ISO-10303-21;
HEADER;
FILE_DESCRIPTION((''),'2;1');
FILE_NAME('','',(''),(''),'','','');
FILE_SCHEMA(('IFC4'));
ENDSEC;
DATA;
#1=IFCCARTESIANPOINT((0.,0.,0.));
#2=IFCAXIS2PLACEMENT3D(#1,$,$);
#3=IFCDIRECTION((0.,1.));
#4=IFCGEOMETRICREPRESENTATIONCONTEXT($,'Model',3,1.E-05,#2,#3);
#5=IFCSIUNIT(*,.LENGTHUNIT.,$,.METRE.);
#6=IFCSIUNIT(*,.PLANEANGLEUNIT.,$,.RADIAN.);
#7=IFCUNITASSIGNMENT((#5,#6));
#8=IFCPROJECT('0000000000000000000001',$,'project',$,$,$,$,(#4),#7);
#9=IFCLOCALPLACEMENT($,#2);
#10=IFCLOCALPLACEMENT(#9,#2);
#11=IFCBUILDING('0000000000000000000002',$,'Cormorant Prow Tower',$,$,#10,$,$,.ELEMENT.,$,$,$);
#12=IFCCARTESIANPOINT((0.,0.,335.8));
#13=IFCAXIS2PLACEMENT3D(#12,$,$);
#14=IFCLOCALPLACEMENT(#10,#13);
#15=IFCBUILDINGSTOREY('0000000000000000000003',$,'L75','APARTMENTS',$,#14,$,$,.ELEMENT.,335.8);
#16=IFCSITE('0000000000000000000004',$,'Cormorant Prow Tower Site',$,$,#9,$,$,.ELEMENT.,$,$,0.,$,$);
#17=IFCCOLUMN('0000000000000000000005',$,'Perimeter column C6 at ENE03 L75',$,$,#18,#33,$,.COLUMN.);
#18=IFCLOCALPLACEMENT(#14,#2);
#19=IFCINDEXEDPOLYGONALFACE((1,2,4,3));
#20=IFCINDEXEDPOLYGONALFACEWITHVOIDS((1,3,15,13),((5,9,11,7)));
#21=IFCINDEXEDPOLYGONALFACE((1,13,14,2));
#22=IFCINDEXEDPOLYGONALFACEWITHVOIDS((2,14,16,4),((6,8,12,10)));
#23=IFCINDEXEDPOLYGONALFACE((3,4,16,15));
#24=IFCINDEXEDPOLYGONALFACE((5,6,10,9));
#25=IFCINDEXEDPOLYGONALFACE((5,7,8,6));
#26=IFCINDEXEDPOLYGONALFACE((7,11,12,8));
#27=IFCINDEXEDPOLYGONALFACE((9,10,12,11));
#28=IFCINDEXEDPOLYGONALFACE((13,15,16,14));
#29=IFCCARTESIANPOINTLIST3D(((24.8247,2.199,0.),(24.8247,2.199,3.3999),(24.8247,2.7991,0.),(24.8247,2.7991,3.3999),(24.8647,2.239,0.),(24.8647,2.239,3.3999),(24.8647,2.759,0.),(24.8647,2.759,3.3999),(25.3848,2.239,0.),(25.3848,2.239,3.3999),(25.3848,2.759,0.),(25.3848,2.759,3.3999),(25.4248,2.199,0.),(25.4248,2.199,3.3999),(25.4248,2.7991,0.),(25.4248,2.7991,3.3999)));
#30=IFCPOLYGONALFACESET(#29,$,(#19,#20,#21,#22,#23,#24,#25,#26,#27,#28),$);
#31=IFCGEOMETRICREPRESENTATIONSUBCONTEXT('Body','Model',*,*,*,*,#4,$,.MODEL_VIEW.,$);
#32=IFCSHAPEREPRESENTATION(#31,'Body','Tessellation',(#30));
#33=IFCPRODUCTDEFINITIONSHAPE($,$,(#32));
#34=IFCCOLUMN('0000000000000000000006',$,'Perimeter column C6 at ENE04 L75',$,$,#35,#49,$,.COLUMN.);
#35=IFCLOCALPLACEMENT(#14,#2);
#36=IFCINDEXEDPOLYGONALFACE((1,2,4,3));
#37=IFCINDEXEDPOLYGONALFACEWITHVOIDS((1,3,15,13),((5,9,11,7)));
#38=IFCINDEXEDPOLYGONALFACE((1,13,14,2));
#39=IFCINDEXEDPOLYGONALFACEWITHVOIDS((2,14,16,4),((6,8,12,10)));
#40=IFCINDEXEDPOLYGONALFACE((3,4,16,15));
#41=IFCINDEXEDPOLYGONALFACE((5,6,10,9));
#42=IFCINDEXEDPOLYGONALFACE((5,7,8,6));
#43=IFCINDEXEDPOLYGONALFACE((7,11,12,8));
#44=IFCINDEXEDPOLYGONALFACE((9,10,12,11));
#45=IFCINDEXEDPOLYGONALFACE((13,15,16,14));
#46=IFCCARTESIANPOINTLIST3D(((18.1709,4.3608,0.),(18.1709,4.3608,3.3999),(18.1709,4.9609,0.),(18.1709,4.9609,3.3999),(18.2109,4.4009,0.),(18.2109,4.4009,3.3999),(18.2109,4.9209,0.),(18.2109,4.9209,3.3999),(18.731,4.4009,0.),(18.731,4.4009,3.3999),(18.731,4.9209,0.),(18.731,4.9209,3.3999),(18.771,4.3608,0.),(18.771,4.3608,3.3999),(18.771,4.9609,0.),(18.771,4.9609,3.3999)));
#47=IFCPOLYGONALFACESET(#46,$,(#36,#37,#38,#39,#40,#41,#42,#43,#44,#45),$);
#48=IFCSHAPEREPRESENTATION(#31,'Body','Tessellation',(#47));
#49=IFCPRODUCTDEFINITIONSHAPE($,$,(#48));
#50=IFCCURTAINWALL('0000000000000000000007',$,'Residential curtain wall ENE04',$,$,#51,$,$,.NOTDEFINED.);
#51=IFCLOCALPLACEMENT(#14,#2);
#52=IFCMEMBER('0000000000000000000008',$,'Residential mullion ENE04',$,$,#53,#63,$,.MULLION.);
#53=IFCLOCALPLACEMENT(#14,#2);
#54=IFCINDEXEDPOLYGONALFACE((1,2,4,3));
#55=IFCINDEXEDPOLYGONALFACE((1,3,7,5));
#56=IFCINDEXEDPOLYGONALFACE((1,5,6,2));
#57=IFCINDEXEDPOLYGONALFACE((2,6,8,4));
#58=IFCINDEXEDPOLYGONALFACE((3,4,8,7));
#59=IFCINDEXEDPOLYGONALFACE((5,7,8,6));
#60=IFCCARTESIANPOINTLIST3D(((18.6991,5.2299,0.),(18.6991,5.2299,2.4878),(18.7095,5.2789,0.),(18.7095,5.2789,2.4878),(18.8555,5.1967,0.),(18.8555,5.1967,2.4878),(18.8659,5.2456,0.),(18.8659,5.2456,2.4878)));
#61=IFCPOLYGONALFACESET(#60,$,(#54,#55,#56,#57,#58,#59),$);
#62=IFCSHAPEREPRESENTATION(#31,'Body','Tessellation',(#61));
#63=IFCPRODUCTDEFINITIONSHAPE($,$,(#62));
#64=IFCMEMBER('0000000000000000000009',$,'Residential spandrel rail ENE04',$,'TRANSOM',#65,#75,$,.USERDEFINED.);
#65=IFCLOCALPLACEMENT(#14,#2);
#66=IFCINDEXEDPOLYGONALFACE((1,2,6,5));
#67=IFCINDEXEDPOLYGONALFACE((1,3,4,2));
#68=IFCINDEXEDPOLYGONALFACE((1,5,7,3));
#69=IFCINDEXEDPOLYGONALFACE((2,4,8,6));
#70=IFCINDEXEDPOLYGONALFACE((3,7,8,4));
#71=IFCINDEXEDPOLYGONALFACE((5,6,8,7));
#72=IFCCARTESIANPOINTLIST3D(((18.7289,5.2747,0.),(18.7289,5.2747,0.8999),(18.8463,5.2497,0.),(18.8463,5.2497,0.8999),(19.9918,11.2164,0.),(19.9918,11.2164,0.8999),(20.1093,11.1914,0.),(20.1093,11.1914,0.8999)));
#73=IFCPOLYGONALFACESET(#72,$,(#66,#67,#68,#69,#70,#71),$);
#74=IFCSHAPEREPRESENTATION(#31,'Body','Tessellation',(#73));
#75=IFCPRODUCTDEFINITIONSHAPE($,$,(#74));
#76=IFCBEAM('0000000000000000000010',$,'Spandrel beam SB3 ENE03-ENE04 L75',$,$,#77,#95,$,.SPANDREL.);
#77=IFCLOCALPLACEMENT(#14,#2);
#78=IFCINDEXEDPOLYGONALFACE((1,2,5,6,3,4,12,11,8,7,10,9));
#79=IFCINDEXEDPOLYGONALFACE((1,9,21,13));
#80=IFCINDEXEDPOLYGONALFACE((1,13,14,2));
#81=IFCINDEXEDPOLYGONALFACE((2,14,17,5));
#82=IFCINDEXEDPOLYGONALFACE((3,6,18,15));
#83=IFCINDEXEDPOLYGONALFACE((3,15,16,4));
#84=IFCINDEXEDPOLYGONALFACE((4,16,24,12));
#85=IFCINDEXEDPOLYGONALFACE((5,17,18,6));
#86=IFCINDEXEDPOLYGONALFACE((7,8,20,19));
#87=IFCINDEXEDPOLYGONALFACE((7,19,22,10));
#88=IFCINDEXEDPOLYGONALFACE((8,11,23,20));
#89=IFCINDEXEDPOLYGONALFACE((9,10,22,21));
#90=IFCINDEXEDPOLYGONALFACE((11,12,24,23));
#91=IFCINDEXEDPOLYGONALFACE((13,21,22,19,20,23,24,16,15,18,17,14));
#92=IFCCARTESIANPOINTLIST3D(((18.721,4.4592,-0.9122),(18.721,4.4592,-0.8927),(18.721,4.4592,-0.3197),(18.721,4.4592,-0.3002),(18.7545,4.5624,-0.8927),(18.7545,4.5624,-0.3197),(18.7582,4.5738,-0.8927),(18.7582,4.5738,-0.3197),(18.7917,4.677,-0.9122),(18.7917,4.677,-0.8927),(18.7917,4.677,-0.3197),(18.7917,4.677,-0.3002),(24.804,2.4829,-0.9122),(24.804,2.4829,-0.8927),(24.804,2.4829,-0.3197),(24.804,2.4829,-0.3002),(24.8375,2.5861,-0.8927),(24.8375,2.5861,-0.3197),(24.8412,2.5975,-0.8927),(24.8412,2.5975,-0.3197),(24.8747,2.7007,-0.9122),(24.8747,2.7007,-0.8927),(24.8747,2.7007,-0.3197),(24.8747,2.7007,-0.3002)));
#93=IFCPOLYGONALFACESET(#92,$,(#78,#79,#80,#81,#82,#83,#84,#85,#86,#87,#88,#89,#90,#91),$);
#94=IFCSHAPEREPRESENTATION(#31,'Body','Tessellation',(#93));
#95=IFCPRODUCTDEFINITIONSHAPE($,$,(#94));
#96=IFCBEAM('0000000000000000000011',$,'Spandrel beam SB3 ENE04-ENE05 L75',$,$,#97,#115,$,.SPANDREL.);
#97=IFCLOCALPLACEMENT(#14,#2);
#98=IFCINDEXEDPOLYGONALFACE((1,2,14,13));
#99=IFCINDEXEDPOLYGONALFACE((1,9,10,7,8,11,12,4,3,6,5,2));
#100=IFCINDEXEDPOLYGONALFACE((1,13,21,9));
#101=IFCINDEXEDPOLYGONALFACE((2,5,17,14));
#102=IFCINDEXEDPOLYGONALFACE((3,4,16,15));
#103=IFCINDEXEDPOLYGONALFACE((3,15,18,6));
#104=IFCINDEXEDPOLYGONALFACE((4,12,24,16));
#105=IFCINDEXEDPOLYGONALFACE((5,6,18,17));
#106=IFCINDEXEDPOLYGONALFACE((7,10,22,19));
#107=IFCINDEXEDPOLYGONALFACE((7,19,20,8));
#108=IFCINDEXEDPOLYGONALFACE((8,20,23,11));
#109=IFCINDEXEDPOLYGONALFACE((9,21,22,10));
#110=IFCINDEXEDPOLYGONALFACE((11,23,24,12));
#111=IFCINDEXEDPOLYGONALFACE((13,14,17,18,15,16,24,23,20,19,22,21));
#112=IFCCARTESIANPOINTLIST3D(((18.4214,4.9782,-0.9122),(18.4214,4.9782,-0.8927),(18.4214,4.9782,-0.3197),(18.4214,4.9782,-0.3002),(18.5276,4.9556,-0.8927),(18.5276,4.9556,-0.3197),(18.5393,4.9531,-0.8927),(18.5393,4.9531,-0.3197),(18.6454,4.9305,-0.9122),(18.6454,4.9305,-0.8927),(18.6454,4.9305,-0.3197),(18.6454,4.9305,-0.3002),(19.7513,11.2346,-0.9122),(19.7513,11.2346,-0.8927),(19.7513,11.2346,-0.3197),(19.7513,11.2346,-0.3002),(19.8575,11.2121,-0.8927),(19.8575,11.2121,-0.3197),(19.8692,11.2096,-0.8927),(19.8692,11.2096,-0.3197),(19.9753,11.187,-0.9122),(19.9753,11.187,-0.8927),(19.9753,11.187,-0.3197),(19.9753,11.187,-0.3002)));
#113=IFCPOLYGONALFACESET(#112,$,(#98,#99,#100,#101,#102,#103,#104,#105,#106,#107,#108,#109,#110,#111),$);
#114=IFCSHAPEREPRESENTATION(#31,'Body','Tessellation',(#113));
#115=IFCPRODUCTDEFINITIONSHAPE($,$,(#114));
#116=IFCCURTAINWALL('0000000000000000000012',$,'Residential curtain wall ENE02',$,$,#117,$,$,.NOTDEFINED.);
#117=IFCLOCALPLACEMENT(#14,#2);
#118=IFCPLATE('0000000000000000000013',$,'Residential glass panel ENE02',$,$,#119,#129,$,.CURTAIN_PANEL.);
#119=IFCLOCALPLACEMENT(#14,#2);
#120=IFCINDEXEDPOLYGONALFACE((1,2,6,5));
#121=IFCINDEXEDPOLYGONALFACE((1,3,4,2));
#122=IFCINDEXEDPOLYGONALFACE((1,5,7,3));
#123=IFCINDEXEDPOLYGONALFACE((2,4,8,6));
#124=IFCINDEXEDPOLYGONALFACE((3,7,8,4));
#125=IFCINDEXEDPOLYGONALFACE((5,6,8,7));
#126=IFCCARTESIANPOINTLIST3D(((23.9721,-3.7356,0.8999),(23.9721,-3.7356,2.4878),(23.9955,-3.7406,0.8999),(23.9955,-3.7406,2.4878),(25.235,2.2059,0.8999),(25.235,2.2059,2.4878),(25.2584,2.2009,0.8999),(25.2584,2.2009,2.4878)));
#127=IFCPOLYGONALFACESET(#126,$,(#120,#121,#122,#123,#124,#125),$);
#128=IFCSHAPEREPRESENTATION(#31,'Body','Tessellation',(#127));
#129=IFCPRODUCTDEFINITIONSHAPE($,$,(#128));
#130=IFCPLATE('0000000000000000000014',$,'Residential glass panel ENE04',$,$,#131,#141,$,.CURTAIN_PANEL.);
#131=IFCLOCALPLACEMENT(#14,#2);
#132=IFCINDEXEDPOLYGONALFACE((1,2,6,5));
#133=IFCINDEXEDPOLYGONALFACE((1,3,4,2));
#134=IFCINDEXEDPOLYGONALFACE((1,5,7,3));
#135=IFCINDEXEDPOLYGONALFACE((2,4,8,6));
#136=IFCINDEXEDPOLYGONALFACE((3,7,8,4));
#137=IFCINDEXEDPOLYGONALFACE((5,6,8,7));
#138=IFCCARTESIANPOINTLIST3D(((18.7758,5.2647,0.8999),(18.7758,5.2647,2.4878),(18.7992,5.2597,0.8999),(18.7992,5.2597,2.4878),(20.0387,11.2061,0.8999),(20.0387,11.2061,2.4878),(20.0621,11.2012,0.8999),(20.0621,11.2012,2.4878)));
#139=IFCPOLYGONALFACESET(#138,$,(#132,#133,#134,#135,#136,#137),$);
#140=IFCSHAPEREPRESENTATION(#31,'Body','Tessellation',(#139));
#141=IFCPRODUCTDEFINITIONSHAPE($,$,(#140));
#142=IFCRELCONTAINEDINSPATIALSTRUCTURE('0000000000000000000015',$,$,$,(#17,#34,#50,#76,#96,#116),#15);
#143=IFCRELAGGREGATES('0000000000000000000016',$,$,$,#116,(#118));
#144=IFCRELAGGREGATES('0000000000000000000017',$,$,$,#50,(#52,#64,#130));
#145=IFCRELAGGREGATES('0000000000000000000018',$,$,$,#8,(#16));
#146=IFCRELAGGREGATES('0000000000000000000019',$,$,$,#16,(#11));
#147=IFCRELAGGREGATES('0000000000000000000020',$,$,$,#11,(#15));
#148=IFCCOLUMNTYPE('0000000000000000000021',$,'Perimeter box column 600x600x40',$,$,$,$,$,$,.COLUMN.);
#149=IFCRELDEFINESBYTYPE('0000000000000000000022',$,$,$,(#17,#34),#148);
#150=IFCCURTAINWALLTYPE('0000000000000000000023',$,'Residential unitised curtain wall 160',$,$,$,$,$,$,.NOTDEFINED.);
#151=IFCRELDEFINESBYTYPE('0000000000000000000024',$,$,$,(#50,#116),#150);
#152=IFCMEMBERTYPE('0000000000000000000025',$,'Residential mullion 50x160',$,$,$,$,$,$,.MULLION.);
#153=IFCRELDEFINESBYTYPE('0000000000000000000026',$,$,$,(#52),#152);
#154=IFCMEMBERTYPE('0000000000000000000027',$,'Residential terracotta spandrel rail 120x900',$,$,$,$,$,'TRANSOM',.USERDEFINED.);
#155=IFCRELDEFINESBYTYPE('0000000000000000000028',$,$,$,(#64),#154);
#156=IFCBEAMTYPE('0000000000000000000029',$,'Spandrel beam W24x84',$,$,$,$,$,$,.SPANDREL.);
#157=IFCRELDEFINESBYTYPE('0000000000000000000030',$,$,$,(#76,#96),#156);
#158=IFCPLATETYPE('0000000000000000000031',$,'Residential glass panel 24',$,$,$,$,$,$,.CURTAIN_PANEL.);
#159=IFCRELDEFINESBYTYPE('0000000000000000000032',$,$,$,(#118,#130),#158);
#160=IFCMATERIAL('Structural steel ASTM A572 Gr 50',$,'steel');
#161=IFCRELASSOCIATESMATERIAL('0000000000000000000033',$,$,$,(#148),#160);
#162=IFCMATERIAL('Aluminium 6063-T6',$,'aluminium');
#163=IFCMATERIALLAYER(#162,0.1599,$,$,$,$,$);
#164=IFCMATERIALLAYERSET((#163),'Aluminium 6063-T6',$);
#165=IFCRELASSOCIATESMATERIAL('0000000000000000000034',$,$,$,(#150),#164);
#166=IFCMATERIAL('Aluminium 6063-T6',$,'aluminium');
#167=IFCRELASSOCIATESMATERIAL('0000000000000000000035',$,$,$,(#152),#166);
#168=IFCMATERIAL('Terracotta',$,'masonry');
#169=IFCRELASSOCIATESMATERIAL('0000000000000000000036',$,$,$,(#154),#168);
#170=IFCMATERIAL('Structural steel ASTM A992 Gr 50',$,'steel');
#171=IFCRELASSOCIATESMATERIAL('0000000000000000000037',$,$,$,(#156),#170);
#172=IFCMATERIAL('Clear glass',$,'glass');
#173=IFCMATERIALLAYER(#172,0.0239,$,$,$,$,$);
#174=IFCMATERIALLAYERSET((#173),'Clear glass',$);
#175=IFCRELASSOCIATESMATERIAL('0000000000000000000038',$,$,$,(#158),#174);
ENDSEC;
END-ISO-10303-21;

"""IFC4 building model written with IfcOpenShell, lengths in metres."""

from ifc_helpers import new_model, si_unit, direction, frame, origin, origin_2d, place, context, subcontext, project, spatial, rectangle, hollow_rectangle, i_section, extrude, material, layer, layer_set, material_profile, profile_set, type_object, element, aggregate, save


model = new_model("IFC4")

# Units and contexts
model_context = context("Model", 3, precision=1e-05, world=origin(), true_north=direction((0.0, 1.0)))
body_context = subcontext(model_context, "Body", "Model", "MODEL_VIEW")
ifc_project = project(units=[si_unit("LENGTHUNIT", "METRE"), si_unit("PLANEANGLEUNIT", "RADIAN")], contexts=[model_context])

# Site, building, storey
site_placement = place(None, origin())
site = spatial("IfcSite", under=ifc_project, at=site_placement, Name="Cormorant Prow Tower Site", CompositionType="ELEMENT", RefElevation=0.0)
building_placement = place(site_placement, origin())
building = spatial("IfcBuilding", under=site, at=building_placement, Name="Cormorant Prow Tower", CompositionType="ELEMENT")
storey_placement = place(building_placement, frame((0.0, 0.0, 335.8)))
storey = spatial("IfcBuildingStorey", under=building, at=storey_placement, Name="L75", Description="APARTMENTS", CompositionType="ELEMENT", Elevation=335.8)

# Columns
ifc_material_1 = material(Name="Structural steel ASTM A572 Gr 50", Category="steel")
ifc_material_profile_1 = material_profile(ifc_material_1, hollow_rectangle(XDim=0.6001, YDim=0.6001, WallThickness=0.04, at=origin_2d()), Name="Box 600x600x40")
ifc_profile_set_1 = profile_set([ifc_material_profile_1], Name="Structural steel ASTM A572 Gr 50")
column_type = type_object("IfcColumnType", Name="Perimeter box column 600x600x40", PredefinedType="COLUMN", material=ifc_profile_set_1)
for number, where, z_axis, x_axis, name in (
    (1, (25.1248, 2.499, 0.0), (0.0, 0.0, 1.0), (1.0, 0.0, 0.0), "Perimeter column C6 at ENE03 L75"),
    (2, (18.4709, 4.6609, 0.0), (0.0, 0.0, 1.0), (1.0, 0.0, 0.0), "Perimeter column C6 at ENE04 L75"),
):
    element("IfcColumn", number, at=place(storey_placement, frame(where, z_axis=z_axis, x_axis=x_axis)), inside=storey, type_object=column_type, Name=name, PredefinedType="COLUMN", context=body_context, shape_type="SweptSolid", body=[
        extrude(hollow_rectangle(XDim=0.6001, YDim=0.6001, WallThickness=0.04, at=origin_2d()), origin(), (0.0, 0.0, 1.0), 3.3999),
    ])

# Curtain wall, members
ifc_material_2 = material(Name="Aluminium 6063-T6", Category="aluminium")
ifc_layer_1 = layer(ifc_material_2, 0.1599)
ifc_layer_set_1 = layer_set([ifc_layer_1], Name="Aluminium 6063-T6")
curtain_wall_type = type_object("IfcCurtainWallType", Name="Residential unitised curtain wall 160", PredefinedType="NOTDEFINED", material=ifc_layer_set_1)
curtain_wall_1_placement = place(storey_placement, origin())
curtain_wall_1 = element("IfcCurtainWall", 3, at=curtain_wall_1_placement, inside=storey, type_object=curtain_wall_type, Name="Residential curtain wall ENE04", PredefinedType="NOTDEFINED")
ifc_material_3 = material(Name="Aluminium 6063-T6", Category="aluminium")
ifc_material_profile_2 = material_profile(ifc_material_3, rectangle(XDim=0.1599, YDim=0.05, at=origin_2d()), Name="Residential mullion 50x160")
ifc_profile_set_2 = profile_set([ifc_material_profile_2], Name="Aluminium 6063-T6")
member_type_1 = type_object("IfcMemberType", Name="Residential mullion 50x160", PredefinedType="MULLION", material=ifc_profile_set_2)
member_1_placement = place(storey_placement, frame((18.7825, 5.2378, 0.0), z_axis=(0.0, 0.0, 1.0), x_axis=(-0.978148, 0.207912, 0.0)))
member_1 = element("IfcMember", 4, at=member_1_placement, type_object=member_type_1, Name="Residential mullion ENE04", PredefinedType="MULLION", context=body_context, shape_type="SweptSolid", body=[
    extrude(rectangle(XDim=0.1599, YDim=0.05, at=origin_2d()), origin(), (0.0, 0.0, 1.0), 2.4878),
])
ifc_material_4 = material(Name="Terracotta", Category="masonry")
ifc_material_profile_3 = material_profile(ifc_material_4, rectangle(XDim=0.1201, YDim=0.8999, at=origin_2d()), Name="Residential terracotta spandrel rail 120x900")
ifc_profile_set_3 = profile_set([ifc_material_profile_3], Name="Terracotta")
member_type_2 = type_object("IfcMemberType", Name="Residential terracotta spandrel rail 120x900", ElementType="TRANSOM", PredefinedType="USERDEFINED", material=ifc_profile_set_3)
member_2_placement = place(storey_placement, frame((18.7876, 5.2622, 0.45), z_axis=(0.207912, 0.978148, 0.0), x_axis=(-0.978148, 0.207912, 0.0)))
member_2 = element("IfcMember", 5, at=member_2_placement, type_object=member_type_2, Name="Residential spandrel rail ENE04", ObjectType="TRANSOM", PredefinedType="USERDEFINED", context=body_context, shape_type="SweptSolid", body=[
    extrude(rectangle(XDim=0.1201, YDim=0.8999, at=origin_2d()), origin(), (0.0, 0.0, 1.0), 6.0745),
])

# Beams
ifc_material_5 = material(Name="Structural steel ASTM A992 Gr 50", Category="steel")
ifc_material_profile_4 = material_profile(ifc_material_5, i_section(OverallWidth=0.229, OverallDepth=0.6121, WebThickness=0.012, FlangeThickness=0.0195, at=origin_2d()), Name="W24x84")
ifc_profile_set_4 = profile_set([ifc_material_profile_4], Name="Structural steel ASTM A992 Gr 50")
beam_type = type_object("IfcBeamType", Name="Spandrel beam W24x84", PredefinedType="SPANDREL", material=ifc_profile_set_4)
beam_1_placement = place(storey_placement, frame((24.8394, 2.5918, -0.6062), z_axis=(-0.951064, 0.308993, 0.0), x_axis=(-0.308993, -0.951064, 0.0)))
element("IfcBeam", 6, at=beam_1_placement, inside=storey, type_object=beam_type, Name="Spandrel beam SB3 ENE03-ENE04 L75", PredefinedType="SPANDREL", context=body_context, shape_type="SweptSolid", body=[
    extrude(i_section(OverallWidth=0.229, OverallDepth=0.6121, WebThickness=0.012, FlangeThickness=0.0195, at=origin_2d()), origin(), (0.0, 0.0, 1.0), 6.396),
])
beam_2_placement = place(storey_placement, frame((18.5334, 4.9543, -0.6062), z_axis=(0.207913, 0.978147, 0.0), x_axis=(-0.978147, 0.207913, 0.0)))
element("IfcBeam", 7, at=beam_2_placement, inside=storey, type_object=beam_type, Name="Spandrel beam SB3 ENE04-ENE05 L75", PredefinedType="SPANDREL", context=body_context, shape_type="SweptSolid", body=[
    extrude(i_section(OverallWidth=0.229, OverallDepth=0.6121, WebThickness=0.012, FlangeThickness=0.0195, at=origin_2d()), origin(), (0.0, 0.0, 1.0), 6.3962),
])

# Curtain wall, plate
curtain_wall_2_placement = place(storey_placement, origin())
curtain_wall_2 = element("IfcCurtainWall", 8, at=curtain_wall_2_placement, inside=storey, type_object=curtain_wall_type, Name="Residential curtain wall ENE02", PredefinedType="NOTDEFINED")
ifc_material_6 = material(Name="Clear glass", Category="glass")
ifc_layer_2 = layer(ifc_material_6, 0.0239)
ifc_layer_set_2 = layer_set([ifc_layer_2], Name="Clear glass")
plate_type = type_object("IfcPlateType", Name="Residential glass panel 24", PredefinedType="CURTAIN_PANEL", material=ifc_layer_set_2)
plate_1_placement = place(storey_placement, frame((24.6152, -0.7673, 0.8999), z_axis=(0.0, 0.0, 1.0), x_axis=(0.207912, 0.978148, 0.0)))
plate_1 = element("IfcPlate", 9, at=plate_1_placement, type_object=plate_type, Name="Residential glass panel ENE02", PredefinedType="CURTAIN_PANEL", context=body_context, shape_type="SweptSolid", body=[
    extrude(rectangle(XDim=6.0742, YDim=0.0239, at=origin_2d()), origin(), (0.0, 0.0, 1.0), 1.5879),
])
aggregate(curtain_wall_2, [plate_1])

# Plate
plate_2_placement = place(storey_placement, frame((19.4189, 8.2329, 0.8999), z_axis=(0.0, 0.0, 1.0), x_axis=(0.207912, 0.978148, 0.0)))
plate_2 = element("IfcPlate", 10, at=plate_2_placement, type_object=plate_type, Name="Residential glass panel ENE04", PredefinedType="CURTAIN_PANEL", context=body_context, shape_type="SweptSolid", body=[
    extrude(rectangle(XDim=6.0742, YDim=0.0239, at=origin_2d()), origin(), (0.0, 0.0, 1.0), 1.5879),
])
aggregate(curtain_wall_1, [member_1, member_2, plate_2])

save(model, "model.ifc")
